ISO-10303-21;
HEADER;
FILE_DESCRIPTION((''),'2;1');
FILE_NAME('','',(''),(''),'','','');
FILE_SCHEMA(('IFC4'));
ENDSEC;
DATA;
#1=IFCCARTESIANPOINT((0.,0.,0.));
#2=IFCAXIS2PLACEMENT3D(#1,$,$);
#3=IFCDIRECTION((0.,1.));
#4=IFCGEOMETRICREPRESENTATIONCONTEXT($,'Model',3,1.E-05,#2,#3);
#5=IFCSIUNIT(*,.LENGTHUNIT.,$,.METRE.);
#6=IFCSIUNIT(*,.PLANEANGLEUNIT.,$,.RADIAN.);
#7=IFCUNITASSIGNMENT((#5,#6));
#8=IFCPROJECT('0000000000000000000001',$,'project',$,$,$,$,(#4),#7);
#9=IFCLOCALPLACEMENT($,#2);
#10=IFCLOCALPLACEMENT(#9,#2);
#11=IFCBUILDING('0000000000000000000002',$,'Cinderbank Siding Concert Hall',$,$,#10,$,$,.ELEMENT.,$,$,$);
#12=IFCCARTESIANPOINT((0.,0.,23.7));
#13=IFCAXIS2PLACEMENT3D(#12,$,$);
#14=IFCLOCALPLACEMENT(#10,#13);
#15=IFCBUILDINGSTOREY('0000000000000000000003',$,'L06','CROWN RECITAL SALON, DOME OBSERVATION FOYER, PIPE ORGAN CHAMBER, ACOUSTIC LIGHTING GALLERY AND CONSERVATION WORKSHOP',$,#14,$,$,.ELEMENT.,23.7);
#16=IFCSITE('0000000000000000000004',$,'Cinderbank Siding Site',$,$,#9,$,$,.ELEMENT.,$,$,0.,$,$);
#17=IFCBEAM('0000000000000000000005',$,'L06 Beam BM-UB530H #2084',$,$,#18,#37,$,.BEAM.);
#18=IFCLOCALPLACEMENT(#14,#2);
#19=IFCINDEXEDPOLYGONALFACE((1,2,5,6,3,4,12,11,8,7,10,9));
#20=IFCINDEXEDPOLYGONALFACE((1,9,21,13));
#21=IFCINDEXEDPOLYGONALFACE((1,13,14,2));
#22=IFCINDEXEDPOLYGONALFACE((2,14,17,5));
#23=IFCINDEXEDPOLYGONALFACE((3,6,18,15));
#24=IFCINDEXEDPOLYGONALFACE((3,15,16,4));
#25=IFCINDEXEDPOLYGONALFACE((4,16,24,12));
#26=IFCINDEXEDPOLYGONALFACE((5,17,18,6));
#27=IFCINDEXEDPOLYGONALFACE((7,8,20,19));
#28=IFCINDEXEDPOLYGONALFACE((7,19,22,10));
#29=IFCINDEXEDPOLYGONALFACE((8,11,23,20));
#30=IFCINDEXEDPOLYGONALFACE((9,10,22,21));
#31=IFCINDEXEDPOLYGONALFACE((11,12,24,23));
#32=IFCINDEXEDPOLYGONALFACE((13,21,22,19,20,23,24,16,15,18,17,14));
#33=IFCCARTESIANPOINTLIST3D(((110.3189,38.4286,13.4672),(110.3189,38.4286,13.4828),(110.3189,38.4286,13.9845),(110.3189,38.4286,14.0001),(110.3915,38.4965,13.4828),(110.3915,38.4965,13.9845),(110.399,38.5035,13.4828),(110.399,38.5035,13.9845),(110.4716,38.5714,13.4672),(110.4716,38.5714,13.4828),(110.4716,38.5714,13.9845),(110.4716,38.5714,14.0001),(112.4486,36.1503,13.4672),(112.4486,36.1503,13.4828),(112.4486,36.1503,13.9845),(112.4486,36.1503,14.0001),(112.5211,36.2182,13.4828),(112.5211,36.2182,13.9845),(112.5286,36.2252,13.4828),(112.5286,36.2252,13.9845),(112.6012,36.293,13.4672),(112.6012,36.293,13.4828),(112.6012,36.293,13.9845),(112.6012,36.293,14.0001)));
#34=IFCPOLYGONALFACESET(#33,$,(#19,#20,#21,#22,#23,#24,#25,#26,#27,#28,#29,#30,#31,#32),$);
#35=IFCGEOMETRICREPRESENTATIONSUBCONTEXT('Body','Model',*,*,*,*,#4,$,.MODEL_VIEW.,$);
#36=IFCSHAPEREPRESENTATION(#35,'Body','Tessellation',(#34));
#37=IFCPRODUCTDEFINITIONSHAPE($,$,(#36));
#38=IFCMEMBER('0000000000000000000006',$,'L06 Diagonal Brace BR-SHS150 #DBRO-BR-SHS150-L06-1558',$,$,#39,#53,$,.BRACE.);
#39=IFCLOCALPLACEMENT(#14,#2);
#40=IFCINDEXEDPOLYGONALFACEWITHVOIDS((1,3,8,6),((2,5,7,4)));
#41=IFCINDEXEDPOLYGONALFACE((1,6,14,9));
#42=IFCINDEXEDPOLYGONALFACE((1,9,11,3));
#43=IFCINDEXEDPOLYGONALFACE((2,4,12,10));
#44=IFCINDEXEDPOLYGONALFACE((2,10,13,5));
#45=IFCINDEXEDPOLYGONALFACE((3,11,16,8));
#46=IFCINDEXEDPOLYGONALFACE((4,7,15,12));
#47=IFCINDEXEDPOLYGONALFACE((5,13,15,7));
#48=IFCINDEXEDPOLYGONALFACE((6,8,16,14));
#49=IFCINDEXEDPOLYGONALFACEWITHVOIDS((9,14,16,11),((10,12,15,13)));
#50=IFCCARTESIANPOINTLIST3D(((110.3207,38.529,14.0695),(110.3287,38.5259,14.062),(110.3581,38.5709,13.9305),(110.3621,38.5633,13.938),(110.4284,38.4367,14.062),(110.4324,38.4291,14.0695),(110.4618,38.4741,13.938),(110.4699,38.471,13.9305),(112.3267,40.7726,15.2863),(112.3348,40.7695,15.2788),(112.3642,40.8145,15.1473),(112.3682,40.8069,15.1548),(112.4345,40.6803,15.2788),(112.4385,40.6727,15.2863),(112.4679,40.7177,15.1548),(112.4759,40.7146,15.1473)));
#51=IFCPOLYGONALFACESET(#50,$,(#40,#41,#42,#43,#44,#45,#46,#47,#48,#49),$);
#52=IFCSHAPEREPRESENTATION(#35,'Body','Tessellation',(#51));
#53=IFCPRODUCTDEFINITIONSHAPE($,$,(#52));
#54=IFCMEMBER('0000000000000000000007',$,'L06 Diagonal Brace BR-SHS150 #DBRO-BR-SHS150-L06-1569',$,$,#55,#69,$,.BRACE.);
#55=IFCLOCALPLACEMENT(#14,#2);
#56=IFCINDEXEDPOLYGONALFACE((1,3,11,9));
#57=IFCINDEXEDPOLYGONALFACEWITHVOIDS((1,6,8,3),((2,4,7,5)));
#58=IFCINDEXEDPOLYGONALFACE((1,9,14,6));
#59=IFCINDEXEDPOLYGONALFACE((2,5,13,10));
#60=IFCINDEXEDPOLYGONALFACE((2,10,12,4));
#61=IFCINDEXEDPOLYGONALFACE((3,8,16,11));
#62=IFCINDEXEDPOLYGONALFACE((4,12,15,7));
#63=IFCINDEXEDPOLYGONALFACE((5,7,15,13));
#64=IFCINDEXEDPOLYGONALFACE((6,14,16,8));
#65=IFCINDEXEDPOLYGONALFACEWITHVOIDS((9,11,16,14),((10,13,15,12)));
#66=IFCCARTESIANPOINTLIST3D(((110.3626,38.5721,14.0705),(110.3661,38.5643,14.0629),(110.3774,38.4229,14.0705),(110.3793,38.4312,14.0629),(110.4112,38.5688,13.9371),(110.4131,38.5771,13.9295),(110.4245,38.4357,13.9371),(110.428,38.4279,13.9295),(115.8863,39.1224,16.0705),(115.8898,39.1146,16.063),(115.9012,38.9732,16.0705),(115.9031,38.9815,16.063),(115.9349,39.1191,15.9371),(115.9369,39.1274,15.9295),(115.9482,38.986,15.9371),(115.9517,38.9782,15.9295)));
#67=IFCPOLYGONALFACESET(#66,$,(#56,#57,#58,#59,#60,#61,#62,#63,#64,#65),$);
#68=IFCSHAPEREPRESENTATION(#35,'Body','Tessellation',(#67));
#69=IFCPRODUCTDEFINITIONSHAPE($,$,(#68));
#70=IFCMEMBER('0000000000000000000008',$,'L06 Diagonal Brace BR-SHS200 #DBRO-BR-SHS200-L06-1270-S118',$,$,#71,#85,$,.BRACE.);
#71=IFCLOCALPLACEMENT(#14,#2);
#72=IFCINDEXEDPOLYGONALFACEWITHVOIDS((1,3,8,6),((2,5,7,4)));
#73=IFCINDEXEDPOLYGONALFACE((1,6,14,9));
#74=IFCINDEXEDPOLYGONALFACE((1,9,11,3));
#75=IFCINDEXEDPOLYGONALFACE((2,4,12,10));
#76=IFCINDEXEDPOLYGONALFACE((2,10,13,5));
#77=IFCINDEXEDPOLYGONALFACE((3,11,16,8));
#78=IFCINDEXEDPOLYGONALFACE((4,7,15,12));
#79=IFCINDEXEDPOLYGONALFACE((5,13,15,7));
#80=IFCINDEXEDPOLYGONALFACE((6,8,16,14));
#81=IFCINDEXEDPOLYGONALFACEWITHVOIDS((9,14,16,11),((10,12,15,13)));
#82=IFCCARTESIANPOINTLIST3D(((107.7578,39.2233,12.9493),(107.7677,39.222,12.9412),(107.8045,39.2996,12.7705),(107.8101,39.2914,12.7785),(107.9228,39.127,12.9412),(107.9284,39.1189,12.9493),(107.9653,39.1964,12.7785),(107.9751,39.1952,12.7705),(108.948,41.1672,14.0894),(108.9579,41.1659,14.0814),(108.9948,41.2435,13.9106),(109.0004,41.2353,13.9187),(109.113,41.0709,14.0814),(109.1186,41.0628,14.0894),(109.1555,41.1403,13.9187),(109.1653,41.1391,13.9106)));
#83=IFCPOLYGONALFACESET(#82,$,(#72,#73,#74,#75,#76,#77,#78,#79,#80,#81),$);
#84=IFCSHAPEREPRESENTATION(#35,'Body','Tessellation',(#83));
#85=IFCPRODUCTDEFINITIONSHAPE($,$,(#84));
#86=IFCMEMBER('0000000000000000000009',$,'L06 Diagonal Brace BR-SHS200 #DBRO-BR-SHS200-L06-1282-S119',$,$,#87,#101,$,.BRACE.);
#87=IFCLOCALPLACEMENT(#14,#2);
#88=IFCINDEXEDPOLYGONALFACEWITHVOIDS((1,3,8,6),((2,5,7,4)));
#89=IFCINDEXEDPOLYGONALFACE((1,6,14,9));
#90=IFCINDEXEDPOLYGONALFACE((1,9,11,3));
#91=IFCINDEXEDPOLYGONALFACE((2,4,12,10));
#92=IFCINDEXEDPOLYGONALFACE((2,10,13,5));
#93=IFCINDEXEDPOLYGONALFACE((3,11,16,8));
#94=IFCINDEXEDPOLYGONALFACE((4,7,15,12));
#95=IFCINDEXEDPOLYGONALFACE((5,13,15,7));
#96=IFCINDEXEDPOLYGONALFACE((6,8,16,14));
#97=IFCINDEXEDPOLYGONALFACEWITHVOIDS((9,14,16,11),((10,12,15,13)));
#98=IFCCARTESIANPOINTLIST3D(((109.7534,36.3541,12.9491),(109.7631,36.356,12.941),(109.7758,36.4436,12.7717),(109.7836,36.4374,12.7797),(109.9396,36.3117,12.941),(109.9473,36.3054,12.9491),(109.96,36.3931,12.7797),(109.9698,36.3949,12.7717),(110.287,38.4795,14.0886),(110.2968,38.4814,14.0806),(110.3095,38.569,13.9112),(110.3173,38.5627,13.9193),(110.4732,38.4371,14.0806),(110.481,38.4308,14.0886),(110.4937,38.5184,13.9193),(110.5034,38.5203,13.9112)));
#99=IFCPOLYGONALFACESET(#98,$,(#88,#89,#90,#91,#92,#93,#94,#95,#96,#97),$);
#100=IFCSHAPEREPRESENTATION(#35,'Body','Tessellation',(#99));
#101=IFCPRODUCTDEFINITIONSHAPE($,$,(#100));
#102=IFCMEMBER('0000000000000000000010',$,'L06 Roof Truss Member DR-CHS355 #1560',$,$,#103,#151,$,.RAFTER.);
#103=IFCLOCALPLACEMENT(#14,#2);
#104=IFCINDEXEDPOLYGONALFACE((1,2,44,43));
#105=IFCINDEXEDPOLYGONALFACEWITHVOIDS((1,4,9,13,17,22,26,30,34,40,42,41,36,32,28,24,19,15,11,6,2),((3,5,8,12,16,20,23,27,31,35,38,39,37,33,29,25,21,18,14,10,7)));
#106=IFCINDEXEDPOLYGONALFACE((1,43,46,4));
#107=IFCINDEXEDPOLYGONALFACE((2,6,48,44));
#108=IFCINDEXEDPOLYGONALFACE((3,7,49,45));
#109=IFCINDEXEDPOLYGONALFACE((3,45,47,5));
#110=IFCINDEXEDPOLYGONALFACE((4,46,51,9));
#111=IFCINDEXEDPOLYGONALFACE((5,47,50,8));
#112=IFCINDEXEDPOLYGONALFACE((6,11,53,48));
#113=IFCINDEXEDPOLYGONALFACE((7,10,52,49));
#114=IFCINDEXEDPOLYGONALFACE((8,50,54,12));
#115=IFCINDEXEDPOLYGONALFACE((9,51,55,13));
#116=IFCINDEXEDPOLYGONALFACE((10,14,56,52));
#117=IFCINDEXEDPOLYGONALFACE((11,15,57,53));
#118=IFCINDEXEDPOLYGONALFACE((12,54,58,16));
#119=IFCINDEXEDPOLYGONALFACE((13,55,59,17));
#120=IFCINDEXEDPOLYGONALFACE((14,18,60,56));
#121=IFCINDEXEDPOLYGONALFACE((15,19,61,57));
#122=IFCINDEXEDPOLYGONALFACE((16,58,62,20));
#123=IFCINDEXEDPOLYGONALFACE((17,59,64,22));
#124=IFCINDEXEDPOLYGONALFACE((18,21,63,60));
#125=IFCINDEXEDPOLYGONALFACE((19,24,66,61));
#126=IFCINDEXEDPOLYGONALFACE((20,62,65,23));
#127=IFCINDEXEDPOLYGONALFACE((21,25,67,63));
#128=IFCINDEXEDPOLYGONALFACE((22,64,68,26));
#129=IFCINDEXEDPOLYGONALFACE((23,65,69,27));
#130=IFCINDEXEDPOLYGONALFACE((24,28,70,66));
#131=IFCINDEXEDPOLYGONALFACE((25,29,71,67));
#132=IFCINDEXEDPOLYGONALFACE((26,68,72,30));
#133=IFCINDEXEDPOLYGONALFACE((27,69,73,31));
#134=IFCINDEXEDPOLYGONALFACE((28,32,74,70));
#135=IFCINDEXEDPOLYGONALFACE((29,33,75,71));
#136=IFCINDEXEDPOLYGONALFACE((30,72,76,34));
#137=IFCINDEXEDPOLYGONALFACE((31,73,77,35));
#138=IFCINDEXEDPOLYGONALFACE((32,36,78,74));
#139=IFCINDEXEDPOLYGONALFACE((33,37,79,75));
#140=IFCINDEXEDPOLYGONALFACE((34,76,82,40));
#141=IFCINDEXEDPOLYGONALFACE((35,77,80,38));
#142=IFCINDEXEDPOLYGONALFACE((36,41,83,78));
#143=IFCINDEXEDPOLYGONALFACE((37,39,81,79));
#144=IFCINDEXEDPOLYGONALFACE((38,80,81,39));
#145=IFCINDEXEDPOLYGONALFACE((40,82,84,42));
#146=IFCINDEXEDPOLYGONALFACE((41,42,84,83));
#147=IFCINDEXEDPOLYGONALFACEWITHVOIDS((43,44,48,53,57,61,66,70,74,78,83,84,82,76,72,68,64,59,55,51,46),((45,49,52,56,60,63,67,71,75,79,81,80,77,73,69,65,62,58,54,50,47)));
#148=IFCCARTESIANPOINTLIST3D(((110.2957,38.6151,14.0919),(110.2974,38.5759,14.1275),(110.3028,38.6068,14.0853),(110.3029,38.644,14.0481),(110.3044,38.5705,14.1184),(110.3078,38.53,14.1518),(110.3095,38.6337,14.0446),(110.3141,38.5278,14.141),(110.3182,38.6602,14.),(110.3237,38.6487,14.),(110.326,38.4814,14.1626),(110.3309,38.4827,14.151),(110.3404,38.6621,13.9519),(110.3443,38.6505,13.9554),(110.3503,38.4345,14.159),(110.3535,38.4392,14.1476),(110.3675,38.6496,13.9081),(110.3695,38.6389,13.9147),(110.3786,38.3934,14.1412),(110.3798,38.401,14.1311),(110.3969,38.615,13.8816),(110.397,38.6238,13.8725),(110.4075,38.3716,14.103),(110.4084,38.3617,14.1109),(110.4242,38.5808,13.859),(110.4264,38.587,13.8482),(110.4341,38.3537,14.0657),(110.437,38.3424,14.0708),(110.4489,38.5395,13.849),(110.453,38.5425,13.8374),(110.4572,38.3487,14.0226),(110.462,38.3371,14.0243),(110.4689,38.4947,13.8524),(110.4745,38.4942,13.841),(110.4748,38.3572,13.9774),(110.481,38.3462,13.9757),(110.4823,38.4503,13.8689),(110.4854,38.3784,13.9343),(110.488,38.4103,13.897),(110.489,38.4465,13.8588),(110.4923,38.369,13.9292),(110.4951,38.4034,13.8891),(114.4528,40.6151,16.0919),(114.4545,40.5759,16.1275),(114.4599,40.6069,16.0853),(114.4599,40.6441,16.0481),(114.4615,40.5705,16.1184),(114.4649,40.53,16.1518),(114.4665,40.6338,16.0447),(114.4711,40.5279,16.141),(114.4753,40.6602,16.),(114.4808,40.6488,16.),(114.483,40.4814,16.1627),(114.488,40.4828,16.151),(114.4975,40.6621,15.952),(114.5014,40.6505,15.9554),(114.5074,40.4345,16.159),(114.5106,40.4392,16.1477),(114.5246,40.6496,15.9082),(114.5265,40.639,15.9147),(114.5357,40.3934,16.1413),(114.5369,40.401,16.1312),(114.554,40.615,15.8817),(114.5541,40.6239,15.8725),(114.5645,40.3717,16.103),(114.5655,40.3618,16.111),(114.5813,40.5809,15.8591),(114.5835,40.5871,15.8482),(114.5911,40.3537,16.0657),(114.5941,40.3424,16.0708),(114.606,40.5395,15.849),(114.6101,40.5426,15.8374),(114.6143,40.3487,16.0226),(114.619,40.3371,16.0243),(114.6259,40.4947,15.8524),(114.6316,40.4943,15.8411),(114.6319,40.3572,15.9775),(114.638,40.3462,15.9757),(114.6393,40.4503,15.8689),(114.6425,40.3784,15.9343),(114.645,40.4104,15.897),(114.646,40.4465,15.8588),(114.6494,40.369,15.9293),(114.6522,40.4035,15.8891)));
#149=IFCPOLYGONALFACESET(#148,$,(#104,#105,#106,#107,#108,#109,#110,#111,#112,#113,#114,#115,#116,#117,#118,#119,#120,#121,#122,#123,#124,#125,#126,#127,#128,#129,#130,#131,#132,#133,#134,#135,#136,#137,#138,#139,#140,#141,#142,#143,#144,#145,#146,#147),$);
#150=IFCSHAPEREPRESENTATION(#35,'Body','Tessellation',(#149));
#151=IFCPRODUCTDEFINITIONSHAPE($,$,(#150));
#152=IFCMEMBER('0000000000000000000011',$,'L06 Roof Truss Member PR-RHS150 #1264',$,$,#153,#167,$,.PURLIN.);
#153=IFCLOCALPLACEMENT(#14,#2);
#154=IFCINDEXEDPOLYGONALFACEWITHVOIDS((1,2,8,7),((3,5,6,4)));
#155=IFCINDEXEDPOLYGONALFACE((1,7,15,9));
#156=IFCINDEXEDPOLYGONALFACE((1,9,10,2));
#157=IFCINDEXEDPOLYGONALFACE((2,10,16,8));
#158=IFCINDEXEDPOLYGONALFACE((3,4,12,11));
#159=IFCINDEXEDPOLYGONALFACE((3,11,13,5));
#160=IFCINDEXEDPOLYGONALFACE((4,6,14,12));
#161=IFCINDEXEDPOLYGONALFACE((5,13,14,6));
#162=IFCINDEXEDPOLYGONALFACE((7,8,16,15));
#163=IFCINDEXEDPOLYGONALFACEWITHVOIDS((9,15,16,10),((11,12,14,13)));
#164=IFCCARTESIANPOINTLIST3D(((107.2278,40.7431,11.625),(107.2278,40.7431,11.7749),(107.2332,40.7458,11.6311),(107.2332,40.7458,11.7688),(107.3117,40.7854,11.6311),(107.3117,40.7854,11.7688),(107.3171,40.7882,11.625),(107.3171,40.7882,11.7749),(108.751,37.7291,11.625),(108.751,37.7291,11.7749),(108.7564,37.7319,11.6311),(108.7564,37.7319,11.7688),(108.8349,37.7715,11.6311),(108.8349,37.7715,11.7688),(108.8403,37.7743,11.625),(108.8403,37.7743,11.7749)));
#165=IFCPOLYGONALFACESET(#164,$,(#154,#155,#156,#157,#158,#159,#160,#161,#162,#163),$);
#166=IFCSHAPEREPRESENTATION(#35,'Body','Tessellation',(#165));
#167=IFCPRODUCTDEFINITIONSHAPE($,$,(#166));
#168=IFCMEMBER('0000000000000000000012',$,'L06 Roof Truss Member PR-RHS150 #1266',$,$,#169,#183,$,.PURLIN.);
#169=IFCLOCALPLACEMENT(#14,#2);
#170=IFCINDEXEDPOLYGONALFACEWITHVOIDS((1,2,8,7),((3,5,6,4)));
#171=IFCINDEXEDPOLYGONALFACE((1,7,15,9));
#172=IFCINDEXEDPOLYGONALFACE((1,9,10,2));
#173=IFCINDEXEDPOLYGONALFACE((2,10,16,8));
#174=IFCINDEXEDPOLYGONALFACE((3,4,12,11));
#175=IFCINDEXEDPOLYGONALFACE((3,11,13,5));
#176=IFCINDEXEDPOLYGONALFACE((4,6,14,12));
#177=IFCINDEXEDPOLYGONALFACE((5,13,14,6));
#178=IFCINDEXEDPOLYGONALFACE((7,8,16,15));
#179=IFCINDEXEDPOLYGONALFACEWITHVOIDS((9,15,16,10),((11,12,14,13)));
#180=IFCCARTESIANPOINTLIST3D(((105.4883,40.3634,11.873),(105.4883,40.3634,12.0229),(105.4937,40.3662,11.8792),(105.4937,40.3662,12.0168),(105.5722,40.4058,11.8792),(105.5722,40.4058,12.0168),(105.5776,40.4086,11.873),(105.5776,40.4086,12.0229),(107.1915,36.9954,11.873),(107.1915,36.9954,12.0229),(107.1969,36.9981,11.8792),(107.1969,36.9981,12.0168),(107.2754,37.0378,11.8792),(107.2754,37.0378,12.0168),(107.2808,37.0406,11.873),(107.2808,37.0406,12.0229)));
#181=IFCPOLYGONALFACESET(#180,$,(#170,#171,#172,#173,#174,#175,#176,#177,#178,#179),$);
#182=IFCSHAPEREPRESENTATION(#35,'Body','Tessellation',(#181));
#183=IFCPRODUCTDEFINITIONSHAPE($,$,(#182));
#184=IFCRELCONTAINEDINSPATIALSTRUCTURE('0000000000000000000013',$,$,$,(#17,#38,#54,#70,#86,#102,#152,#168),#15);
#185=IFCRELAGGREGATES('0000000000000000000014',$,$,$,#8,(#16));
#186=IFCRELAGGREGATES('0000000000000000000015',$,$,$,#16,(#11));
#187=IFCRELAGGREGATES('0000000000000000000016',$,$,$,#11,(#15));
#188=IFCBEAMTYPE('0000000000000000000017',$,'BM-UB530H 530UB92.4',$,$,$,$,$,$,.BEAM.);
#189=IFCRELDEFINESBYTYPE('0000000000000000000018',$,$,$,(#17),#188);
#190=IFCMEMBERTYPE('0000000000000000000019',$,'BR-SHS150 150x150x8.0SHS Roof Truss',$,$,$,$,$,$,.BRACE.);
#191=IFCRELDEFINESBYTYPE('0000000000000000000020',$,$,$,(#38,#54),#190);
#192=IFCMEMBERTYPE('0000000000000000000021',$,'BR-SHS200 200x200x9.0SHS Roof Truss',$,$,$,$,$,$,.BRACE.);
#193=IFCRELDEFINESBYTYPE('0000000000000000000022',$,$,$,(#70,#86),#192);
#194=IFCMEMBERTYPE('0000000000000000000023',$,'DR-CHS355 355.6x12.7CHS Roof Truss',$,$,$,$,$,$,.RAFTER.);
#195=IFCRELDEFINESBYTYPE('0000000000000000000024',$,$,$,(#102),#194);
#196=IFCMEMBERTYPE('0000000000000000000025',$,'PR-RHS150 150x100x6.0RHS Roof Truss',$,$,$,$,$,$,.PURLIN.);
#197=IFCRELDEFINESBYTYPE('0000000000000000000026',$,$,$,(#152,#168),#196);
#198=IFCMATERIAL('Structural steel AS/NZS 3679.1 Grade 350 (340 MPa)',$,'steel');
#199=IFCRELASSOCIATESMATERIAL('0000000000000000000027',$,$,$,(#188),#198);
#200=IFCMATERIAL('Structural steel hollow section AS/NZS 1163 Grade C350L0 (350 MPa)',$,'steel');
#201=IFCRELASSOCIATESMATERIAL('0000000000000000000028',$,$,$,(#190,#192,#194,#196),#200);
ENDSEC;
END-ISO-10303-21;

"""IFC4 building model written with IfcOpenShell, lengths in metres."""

from ifc_helpers import new_model, si_unit, direction, frame, origin, origin_2d, place, context, subcontext, project, spatial, hollow_rectangle, hollow_circle, i_section, extrude, material, material_profile, profile_set, type_object, element, save


model = new_model("IFC4")

# Units and contexts
model_context = context("Model", 3, precision=1e-05, world=origin(), true_north=direction((0.0, 1.0)))
body_context = subcontext(model_context, "Body", "Model", "MODEL_VIEW")
ifc_project = project(units=[si_unit("LENGTHUNIT", "METRE"), si_unit("PLANEANGLEUNIT", "RADIAN")], contexts=[model_context])

# Site, building, storey
site_placement = place(None, origin())
site = spatial("IfcSite", under=ifc_project, at=site_placement, Name="Cinderbank Siding Site", CompositionType="ELEMENT", RefElevation=0.0)
building_placement = place(site_placement, origin())
building = spatial("IfcBuilding", under=site, at=building_placement, Name="Cinderbank Siding Concert Hall", CompositionType="ELEMENT")
storey_placement = place(building_placement, frame((0.0, 0.0, 23.7)))
storey = spatial("IfcBuildingStorey", under=building, at=storey_placement, Name="L06", Description="CROWN RECITAL SALON, DOME OBSERVATION FOYER, PIPE ORGAN CHAMBER, ACOUSTIC LIGHTING GALLERY AND CONSERVATION WORKSHOP", CompositionType="ELEMENT", Elevation=23.7)

# Beam
ifc_material_1 = material(Name="Structural steel AS/NZS 3679.1 Grade 350 (340 MPa)", Category="steel")
ifc_material_profile_1 = material_profile(ifc_material_1, i_section(OverallWidth=0.209, OverallDepth=0.533, WebThickness=0.0103, FlangeThickness=0.0156, at=origin_2d()), Name="530UB92.4", Category="LoadBearing")
ifc_profile_set_1 = profile_set([ifc_material_profile_1], Name="Structural steel AS/NZS 3679.1 Grade 350 (340 MPa)")
beam_type = type_object("IfcBeamType", Name="BM-UB530H 530UB92.4", PredefinedType="BEAM", material=ifc_profile_set_1)
beam_placement = place(storey_placement, frame((110.3953, 38.5, 13.7336), z_axis=(0.682868, -0.730542, 0.0), x_axis=(0.730542, 0.682868, 0.0)))
element("IfcBeam", 1, at=beam_placement, inside=storey, type_object=beam_type, Name="L06 Beam BM-UB530H #2084", PredefinedType="BEAM", context=body_context, shape_type="SweptSolid", body=[
    extrude(i_section(OverallWidth=0.209, OverallDepth=0.533, WebThickness=0.0103, FlangeThickness=0.0156, at=origin_2d()), origin(), (0.0, 0.0, 1.0), 3.1187),
])

# Members
ifc_material_2 = material(Name="Structural steel hollow section AS/NZS 1163 Grade C350L0 (350 MPa)", Category="steel")
ifc_material_profile_2 = material_profile(ifc_material_2, hollow_rectangle(XDim=0.1499, YDim=0.1499, WallThickness=0.0081, at=origin_2d()), Name="150x150x8.0SHS", Category="LoadBearing")
ifc_profile_set_2 = profile_set([ifc_material_profile_2], Name="Structural steel hollow section AS/NZS 1163 Grade C350L0 (350 MPa)")
member_type_1 = type_object("IfcMemberType", Name="BR-SHS150 150x150x8.0SHS Roof Truss", PredefinedType="BRACE", material=ifc_profile_set_2)
member_1_placement = place(storey_placement, frame((110.3953, 38.5, 14.0), z_axis=(0.61795, 0.691123, 0.374816), x_axis=(-0.745468, 0.666541, 0.0)))
element("IfcMember", 2, at=member_1_placement, inside=storey, type_object=member_type_1, Name="L06 Diagonal Brace BR-SHS150 #DBRO-BR-SHS150-L06-1558", PredefinedType="BRACE", context=body_context, shape_type="SweptSolid", body=[
    extrude(hollow_rectangle(XDim=0.1499, YDim=0.1499, WallThickness=0.0081, at=origin_2d()), origin(), (0.0, 0.0, 1.0), 3.2463),
])
member_2_placement = place(storey_placement, frame((110.3953, 38.5, 14.0), z_axis=(0.936165, 0.093265, 0.338964), x_axis=(-0.099134, 0.995074, 0.0)))
element("IfcMember", 3, at=member_2_placement, inside=storey, type_object=member_type_1, Name="L06 Diagonal Brace BR-SHS150 #DBRO-BR-SHS150-L06-1569", PredefinedType="BRACE", context=body_context, shape_type="SweptSolid", body=[
    extrude(hollow_rectangle(XDim=0.1499, YDim=0.1499, WallThickness=0.0081, at=origin_2d()), origin(), (0.0, 0.0, 1.0), 5.9004),
])
ifc_material_profile_3 = material_profile(ifc_material_2, hollow_rectangle(XDim=0.2, YDim=0.2, WallThickness=0.009, at=origin_2d()), Name="200x200x9.0SHS", Category="LoadBearing")
ifc_profile_set_3 = profile_set([ifc_material_profile_3], Name="Structural steel hollow section AS/NZS 1163 Grade C350L0 (350 MPa)")
member_type_2 = type_object("IfcMemberType", Name="BR-SHS200 200x200x9.0SHS Roof Truss", PredefinedType="BRACE", material=ifc_profile_set_3)
member_3_placement = place(storey_placement, frame((107.8665, 39.2092, 12.8599), z_axis=(0.467009, 0.762733, 0.447371), x_axis=(-0.852837, 0.522178, 0.0)))
element("IfcMember", 4, at=member_3_placement, inside=storey, type_object=member_type_2, Name="L06 Diagonal Brace BR-SHS200 #DBRO-BR-SHS200-L06-1270-S118", PredefinedType="BRACE", context=body_context, shape_type="SweptSolid", body=[
    extrude(hollow_rectangle(XDim=0.2, YDim=0.2, WallThickness=0.009, at=origin_2d()), origin(), (0.0, 0.0, 1.0), 2.5486),
])
member_4_placement = place(storey_placement, frame((109.8616, 36.3745, 12.8604), z_axis=(0.216062, 0.860492, 0.46138), x_axis=(-0.969893, 0.243532, 0.0)))
element("IfcMember", 5, at=member_4_placement, inside=storey, type_object=member_type_2, Name="L06 Diagonal Brace BR-SHS200 #DBRO-BR-SHS200-L06-1282-S119", PredefinedType="BRACE", context=body_context, shape_type="SweptSolid", body=[
    extrude(hollow_rectangle(XDim=0.2, YDim=0.2, WallThickness=0.009, at=origin_2d()), origin(), (0.0, 0.0, 1.0), 2.47),
])
ifc_material_profile_4 = material_profile(ifc_material_2, hollow_circle(Radius=0.1777, WallThickness=0.0127, at=origin_2d()), Name="355.6x12.7CHS", Category="LoadBearing")
ifc_profile_set_4 = profile_set([ifc_material_profile_4], Name="Structural steel hollow section AS/NZS 1163 Grade C350L0 (350 MPa)")
member_type_3 = type_object("IfcMemberType", Name="DR-CHS355 355.6x12.7CHS Roof Truss", PredefinedType="RAFTER", material=ifc_profile_set_4)
member_5_placement = place(storey_placement, frame((110.3953, 38.5, 14.0), z_axis=(0.826771, 0.397775, 0.397775), x_axis=(-0.43355, 0.90113, 0.0)))
element("IfcMember", 6, at=member_5_placement, inside=storey, type_object=member_type_3, Name="L06 Roof Truss Member DR-CHS355 #1560", PredefinedType="RAFTER", context=body_context, shape_type="SweptSolid", body=[
    extrude(hollow_circle(Radius=0.1777, WallThickness=0.0127, at=origin_2d()), origin(), (0.0, 0.0, 1.0), 5.0281),
])
ifc_material_profile_5 = material_profile(ifc_material_2, hollow_rectangle(XDim=0.1001, YDim=0.1499, WallThickness=0.0061, at=origin_2d()), Name="150x100x6.0RHS", Category="LoadBearing")
ifc_profile_set_5 = profile_set([ifc_material_profile_5], Name="Structural steel hollow section AS/NZS 1163 Grade C350L0 (350 MPa)")
member_type_4 = type_object("IfcMemberType", Name="PR-RHS150 150x100x6.0RHS Roof Truss", PredefinedType="PURLIN", material=ifc_profile_set_5)
member_6_placement = place(storey_placement, frame((107.2725, 40.7656, 11.7), z_axis=(0.451056, -0.892496, 0.0), x_axis=(0.892496, 0.451056, 0.0)))
element("IfcMember", 7, at=member_6_placement, inside=storey, type_object=member_type_4, Name="L06 Roof Truss Member PR-RHS150 #1264", PredefinedType="PURLIN", context=body_context, shape_type="SweptSolid", body=[
    extrude(hollow_rectangle(XDim=0.1001, YDim=0.1499, WallThickness=0.0061, at=origin_2d()), origin(), (0.0, 0.0, 1.0), 3.377),
])
member_7_placement = place(storey_placement, frame((105.533, 40.386, 11.948), z_axis=(0.451271, -0.892387, 0.0), x_axis=(0.892387, 0.451271, 0.0)))
element("IfcMember", 8, at=member_7_placement, inside=storey, type_object=member_type_4, Name="L06 Roof Truss Member PR-RHS150 #1266", PredefinedType="PURLIN", context=body_context, shape_type="SweptSolid", body=[
    extrude(hollow_rectangle(XDim=0.1001, YDim=0.1499, WallThickness=0.0061, at=origin_2d()), origin(), (0.0, 0.0, 1.0), 3.7742),
])

save(model, "model.ifc")
